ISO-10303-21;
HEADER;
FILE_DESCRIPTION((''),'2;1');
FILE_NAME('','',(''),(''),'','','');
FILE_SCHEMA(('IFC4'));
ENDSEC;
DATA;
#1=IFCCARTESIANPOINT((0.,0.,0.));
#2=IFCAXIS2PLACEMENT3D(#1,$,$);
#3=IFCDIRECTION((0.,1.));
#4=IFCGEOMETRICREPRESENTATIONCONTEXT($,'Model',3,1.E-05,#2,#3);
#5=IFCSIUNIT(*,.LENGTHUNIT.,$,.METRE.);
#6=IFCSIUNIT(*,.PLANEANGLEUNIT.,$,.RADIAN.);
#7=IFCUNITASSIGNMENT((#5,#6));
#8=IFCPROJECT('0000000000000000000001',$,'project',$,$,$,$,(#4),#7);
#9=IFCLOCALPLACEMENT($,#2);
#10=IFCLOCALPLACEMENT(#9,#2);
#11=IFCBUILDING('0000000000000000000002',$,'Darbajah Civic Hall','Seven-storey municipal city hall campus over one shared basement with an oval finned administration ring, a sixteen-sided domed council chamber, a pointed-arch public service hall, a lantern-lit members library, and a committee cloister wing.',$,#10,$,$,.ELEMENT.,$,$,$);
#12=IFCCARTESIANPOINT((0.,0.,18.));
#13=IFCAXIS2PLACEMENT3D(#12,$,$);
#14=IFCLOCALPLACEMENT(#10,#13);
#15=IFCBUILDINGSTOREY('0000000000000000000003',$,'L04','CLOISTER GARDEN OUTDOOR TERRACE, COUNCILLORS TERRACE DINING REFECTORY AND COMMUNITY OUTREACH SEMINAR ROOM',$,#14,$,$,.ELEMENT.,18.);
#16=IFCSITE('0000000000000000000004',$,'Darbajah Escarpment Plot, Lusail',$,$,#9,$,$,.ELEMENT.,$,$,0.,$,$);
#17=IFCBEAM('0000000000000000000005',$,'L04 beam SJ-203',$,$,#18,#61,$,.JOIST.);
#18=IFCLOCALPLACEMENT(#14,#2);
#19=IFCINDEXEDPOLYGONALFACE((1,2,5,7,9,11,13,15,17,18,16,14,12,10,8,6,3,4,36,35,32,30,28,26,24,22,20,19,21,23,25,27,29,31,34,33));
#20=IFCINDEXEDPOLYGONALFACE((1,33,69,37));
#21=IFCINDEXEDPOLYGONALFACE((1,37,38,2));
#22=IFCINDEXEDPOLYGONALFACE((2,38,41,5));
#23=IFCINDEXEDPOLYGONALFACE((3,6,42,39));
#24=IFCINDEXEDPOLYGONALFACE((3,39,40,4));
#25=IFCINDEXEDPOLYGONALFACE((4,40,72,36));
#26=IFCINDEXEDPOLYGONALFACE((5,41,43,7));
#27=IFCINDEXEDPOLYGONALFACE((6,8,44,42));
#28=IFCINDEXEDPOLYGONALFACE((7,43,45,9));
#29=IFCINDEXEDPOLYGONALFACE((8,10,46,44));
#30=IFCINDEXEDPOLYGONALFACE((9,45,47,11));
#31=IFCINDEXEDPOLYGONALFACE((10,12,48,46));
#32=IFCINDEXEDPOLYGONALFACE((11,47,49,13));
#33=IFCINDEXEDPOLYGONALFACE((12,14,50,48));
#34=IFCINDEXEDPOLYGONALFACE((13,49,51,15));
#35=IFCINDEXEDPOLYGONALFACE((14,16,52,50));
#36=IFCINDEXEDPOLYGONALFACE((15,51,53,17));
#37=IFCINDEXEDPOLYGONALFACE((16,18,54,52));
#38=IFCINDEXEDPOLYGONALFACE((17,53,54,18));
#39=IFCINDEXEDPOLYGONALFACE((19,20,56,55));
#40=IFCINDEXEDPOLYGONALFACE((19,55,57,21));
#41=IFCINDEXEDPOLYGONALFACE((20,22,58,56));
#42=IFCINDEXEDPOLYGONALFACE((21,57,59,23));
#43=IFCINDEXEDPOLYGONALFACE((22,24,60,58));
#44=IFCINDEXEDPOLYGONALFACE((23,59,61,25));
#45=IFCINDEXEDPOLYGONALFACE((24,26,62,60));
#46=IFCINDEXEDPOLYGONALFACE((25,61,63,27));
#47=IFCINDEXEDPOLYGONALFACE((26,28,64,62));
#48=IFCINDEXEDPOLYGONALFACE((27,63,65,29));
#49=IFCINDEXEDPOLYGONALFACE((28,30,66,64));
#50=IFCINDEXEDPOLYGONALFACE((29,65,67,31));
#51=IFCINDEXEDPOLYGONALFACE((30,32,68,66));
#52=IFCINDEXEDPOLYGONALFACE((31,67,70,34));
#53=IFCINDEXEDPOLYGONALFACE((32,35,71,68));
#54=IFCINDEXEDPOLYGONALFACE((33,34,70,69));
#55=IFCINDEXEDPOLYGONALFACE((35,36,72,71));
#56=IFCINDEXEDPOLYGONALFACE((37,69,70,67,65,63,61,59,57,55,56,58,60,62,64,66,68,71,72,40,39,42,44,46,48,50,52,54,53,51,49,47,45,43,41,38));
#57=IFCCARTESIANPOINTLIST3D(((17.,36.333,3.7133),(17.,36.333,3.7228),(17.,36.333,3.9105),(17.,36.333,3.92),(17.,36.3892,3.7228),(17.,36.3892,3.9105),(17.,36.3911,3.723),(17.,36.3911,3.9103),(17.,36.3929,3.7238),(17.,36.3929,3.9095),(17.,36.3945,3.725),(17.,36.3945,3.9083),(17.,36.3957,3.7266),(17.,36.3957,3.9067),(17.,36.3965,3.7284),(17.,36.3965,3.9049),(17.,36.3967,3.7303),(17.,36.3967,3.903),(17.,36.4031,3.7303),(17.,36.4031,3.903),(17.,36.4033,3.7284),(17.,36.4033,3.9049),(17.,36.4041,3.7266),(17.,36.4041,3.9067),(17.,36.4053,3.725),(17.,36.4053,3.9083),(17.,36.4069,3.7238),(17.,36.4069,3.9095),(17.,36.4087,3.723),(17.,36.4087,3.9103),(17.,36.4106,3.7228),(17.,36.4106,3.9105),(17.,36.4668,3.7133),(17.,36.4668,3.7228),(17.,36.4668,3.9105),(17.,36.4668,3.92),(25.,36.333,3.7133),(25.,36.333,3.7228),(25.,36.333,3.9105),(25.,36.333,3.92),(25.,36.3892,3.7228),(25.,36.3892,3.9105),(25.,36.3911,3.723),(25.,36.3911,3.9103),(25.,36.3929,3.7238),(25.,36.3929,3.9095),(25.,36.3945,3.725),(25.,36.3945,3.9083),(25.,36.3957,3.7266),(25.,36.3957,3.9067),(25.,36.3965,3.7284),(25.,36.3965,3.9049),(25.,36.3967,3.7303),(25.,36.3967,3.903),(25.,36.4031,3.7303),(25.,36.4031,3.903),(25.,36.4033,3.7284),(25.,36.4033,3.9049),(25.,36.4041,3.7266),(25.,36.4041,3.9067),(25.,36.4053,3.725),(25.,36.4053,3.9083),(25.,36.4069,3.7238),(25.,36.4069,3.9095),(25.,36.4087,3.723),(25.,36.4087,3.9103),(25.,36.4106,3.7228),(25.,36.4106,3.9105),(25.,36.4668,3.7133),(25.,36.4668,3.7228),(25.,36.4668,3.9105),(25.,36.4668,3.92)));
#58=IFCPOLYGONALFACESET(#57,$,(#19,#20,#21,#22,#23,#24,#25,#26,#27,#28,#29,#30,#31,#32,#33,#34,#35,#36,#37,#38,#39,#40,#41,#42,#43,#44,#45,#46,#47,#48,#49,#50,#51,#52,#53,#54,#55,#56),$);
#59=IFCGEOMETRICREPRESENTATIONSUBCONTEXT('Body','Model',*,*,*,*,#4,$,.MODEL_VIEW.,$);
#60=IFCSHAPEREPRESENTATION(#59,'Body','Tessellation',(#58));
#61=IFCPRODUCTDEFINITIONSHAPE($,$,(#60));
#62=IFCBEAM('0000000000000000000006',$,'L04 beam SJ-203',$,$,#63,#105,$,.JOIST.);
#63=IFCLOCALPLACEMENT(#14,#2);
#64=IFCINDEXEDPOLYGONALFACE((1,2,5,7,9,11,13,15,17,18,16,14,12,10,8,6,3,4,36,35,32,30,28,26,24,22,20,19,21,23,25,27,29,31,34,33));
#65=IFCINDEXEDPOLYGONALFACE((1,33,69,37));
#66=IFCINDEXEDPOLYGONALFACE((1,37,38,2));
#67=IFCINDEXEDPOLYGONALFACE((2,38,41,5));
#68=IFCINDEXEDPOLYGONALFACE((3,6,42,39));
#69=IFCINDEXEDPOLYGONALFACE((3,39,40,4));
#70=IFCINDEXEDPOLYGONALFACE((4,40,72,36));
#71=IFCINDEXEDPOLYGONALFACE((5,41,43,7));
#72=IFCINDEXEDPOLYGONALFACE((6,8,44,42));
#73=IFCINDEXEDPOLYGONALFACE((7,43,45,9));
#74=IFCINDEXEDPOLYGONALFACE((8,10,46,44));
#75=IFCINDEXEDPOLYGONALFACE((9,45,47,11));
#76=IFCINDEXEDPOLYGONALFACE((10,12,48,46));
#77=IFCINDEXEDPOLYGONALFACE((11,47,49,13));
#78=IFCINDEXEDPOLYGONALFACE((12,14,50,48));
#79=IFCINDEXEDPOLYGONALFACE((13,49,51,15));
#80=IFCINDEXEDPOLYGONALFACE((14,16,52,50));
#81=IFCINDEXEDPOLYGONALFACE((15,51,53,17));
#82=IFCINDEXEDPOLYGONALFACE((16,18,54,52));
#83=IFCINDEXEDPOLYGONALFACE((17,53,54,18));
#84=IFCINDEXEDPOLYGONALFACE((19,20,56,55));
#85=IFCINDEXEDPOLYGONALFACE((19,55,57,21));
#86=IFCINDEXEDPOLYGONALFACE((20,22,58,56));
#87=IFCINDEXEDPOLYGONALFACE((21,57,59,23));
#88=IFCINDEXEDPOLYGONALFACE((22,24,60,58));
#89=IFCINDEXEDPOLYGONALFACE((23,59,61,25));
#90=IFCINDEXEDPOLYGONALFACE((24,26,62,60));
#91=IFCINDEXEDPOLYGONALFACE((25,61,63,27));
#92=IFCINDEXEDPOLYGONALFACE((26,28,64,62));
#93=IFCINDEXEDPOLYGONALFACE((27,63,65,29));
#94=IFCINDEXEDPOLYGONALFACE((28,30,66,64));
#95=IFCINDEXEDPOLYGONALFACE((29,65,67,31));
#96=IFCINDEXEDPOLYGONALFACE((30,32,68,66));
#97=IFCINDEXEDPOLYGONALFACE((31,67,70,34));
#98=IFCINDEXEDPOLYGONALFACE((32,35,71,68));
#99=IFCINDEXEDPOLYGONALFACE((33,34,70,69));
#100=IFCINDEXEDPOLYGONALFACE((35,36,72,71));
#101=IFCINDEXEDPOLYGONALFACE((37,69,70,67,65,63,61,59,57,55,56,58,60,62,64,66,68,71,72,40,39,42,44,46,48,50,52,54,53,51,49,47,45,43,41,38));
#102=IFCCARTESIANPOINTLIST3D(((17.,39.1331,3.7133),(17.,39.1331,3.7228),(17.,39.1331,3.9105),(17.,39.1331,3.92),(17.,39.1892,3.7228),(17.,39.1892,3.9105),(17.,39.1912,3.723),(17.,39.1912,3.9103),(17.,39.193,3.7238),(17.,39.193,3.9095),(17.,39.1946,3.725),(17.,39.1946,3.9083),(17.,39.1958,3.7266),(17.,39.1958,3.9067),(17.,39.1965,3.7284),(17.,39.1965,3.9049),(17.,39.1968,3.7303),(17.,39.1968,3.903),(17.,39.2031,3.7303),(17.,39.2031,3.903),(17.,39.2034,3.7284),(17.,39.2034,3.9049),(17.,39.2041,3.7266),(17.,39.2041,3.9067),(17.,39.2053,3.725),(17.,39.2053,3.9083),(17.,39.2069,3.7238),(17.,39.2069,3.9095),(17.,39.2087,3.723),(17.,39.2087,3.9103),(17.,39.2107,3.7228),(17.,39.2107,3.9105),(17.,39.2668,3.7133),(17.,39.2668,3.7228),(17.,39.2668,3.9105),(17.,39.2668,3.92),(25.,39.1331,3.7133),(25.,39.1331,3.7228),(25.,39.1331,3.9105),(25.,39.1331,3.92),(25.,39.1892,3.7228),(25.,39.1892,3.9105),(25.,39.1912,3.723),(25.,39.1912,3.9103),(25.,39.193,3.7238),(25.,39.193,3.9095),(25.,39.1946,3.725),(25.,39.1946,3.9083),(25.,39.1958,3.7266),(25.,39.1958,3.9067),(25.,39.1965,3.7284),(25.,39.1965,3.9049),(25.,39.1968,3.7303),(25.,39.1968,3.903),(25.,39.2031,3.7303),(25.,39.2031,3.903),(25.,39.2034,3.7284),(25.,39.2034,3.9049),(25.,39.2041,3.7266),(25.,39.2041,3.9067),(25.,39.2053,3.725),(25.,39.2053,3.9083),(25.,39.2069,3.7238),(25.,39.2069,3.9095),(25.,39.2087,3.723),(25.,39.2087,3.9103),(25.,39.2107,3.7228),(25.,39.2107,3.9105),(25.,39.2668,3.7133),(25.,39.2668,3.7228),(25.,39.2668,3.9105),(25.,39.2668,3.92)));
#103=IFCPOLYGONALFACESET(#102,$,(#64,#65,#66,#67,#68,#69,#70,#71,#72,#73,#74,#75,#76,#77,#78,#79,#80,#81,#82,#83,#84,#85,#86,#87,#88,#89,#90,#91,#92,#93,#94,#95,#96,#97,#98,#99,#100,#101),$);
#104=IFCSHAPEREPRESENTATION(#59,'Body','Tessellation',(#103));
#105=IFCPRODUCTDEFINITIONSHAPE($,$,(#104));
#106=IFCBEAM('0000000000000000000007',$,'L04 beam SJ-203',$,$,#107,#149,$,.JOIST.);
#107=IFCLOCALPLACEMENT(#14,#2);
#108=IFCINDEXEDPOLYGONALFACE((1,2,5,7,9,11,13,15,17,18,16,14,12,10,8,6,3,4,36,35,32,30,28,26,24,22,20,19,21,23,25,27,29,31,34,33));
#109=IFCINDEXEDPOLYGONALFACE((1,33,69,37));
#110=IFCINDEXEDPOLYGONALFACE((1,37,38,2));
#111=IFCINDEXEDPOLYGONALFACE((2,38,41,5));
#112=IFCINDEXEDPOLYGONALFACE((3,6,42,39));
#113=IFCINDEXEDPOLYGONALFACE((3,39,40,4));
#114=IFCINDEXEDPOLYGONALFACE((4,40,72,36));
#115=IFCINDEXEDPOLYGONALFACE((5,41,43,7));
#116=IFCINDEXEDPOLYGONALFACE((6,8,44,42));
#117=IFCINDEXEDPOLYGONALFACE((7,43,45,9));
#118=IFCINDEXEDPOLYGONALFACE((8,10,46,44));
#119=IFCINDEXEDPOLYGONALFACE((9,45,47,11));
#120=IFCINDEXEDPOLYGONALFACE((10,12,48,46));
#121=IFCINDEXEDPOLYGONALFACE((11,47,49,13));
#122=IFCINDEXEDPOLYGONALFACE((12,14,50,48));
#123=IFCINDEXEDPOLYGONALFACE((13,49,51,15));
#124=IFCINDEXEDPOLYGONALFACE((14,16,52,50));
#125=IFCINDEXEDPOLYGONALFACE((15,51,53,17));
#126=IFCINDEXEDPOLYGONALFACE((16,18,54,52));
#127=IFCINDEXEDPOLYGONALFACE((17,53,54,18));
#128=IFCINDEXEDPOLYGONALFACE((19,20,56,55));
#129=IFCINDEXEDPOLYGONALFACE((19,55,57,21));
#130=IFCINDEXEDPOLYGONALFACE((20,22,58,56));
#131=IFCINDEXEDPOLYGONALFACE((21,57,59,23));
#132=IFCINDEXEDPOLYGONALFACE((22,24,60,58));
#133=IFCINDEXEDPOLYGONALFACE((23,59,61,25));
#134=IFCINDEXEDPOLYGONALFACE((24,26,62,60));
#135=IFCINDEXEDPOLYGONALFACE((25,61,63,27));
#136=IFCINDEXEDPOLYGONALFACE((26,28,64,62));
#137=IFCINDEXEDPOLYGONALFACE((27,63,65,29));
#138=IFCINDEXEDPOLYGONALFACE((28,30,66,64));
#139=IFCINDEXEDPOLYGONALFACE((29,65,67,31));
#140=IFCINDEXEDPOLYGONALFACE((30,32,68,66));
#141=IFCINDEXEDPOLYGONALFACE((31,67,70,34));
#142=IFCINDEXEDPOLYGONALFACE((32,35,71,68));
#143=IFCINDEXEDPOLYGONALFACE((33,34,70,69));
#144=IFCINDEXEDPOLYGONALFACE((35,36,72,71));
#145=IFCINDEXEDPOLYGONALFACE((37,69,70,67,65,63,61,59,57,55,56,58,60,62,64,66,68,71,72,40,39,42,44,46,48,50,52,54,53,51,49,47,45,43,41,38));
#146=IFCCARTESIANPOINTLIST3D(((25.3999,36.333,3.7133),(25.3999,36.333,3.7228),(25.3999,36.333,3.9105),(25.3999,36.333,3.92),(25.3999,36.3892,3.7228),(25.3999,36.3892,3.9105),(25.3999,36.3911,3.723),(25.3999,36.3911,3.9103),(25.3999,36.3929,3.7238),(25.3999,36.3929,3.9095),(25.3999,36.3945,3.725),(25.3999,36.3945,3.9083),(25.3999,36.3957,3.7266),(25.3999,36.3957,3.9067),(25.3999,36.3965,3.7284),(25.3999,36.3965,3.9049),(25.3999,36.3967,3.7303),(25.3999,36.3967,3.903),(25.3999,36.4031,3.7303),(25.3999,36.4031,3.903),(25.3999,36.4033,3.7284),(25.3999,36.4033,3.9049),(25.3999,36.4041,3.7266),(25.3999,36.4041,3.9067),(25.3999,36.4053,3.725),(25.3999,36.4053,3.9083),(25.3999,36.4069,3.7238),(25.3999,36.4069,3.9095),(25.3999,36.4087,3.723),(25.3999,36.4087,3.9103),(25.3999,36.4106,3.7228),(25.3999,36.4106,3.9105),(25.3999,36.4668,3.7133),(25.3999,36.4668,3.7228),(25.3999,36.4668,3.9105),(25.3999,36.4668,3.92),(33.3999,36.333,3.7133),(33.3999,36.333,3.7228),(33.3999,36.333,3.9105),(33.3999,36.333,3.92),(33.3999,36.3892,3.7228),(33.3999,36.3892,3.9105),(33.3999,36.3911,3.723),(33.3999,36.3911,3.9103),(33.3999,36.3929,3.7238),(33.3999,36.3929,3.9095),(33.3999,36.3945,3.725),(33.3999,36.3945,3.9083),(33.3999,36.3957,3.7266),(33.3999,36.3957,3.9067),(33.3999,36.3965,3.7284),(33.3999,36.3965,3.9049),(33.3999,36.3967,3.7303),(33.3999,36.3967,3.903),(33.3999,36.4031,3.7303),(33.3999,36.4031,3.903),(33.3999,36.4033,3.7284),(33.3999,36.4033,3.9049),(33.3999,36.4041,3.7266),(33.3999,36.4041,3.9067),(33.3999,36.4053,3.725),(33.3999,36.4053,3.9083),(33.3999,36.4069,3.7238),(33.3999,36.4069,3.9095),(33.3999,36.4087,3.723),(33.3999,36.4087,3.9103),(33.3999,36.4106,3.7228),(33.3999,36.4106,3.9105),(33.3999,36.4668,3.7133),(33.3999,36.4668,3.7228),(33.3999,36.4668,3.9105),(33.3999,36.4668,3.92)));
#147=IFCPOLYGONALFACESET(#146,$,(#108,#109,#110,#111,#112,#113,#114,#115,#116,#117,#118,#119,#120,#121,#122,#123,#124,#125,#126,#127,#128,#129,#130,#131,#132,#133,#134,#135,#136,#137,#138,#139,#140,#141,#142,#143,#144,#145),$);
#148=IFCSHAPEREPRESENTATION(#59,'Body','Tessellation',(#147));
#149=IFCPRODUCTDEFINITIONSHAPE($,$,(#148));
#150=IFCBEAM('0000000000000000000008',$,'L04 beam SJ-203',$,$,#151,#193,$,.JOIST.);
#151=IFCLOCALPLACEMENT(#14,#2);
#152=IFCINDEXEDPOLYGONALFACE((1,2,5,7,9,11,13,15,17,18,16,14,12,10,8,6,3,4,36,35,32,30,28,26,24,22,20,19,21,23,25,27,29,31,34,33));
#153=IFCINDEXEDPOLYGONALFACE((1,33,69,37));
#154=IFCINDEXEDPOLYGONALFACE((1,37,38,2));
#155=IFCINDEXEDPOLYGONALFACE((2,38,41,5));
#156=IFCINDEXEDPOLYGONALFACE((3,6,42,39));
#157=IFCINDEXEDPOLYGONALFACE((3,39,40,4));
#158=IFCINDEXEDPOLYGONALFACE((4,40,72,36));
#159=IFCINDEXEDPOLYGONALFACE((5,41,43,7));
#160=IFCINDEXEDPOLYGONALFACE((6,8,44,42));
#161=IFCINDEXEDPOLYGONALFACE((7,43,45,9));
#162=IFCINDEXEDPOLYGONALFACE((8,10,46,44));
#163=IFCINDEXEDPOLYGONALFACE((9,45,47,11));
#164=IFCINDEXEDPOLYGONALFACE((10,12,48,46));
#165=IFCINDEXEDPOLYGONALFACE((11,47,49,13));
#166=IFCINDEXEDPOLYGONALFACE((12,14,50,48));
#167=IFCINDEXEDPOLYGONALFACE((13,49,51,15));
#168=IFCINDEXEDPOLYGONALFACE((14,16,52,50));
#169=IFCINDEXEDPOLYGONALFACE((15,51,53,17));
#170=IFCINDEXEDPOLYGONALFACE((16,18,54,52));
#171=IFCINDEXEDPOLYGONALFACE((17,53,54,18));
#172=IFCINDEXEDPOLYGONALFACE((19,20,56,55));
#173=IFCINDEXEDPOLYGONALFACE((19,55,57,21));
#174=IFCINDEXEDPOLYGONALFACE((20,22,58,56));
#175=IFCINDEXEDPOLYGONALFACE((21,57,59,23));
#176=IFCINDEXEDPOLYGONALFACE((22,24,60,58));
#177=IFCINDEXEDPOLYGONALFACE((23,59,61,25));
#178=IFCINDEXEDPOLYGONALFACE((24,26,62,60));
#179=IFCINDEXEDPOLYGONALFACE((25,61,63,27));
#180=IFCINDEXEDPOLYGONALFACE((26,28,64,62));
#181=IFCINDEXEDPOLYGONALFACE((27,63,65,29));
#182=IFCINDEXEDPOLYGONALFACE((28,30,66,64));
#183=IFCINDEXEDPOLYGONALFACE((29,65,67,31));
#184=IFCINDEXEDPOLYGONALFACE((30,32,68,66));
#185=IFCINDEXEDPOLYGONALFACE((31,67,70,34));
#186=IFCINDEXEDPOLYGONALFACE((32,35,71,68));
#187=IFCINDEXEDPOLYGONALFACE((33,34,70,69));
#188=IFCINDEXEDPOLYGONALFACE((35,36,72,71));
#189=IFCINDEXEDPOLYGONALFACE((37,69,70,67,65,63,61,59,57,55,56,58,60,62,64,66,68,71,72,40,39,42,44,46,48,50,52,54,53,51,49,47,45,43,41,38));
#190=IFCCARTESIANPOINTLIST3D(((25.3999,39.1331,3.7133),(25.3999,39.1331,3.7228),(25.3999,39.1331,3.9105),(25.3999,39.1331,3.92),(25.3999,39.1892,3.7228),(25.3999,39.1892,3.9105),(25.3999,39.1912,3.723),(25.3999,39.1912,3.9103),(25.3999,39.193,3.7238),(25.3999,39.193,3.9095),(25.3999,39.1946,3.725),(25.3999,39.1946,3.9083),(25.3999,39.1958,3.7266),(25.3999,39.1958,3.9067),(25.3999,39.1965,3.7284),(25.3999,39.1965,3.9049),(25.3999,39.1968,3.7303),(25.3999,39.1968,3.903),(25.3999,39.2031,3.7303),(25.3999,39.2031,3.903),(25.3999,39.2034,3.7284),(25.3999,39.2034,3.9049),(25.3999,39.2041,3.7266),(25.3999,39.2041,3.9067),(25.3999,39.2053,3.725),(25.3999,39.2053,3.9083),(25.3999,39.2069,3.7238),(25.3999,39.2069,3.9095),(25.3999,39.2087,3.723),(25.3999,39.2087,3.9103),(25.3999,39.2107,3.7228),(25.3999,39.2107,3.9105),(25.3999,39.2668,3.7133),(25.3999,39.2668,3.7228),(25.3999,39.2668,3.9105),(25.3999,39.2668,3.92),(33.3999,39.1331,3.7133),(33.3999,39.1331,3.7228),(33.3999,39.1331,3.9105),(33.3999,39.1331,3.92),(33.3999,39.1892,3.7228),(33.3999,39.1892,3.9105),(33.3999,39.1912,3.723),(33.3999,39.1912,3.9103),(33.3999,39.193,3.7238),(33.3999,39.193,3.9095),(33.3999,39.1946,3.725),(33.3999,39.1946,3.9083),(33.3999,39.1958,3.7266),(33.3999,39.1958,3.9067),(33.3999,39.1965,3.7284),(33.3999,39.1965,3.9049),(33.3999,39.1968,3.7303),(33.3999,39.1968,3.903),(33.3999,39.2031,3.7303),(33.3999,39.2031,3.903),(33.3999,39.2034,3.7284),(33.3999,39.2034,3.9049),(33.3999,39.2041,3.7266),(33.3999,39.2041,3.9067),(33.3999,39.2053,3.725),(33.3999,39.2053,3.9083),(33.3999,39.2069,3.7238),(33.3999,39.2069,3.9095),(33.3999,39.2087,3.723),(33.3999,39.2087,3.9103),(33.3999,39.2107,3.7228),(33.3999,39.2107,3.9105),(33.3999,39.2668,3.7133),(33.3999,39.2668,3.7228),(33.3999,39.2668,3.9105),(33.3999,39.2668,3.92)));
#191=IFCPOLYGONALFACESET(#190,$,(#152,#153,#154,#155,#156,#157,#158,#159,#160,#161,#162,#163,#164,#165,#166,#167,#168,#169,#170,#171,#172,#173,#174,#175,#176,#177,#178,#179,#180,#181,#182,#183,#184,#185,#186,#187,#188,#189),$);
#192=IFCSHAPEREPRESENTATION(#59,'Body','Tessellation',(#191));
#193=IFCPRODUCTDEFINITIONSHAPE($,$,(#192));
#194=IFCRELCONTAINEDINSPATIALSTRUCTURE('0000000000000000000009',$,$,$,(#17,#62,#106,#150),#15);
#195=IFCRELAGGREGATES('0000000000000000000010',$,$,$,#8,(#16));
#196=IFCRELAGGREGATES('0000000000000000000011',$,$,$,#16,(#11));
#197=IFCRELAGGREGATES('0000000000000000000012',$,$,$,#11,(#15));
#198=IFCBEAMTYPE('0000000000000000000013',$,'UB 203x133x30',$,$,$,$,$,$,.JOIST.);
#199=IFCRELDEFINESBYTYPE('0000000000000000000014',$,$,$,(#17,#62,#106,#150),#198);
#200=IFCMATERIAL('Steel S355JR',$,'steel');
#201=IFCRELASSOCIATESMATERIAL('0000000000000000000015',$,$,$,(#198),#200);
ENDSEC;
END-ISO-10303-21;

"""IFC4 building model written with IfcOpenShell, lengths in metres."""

from ifc_helpers import new_model, si_unit, direction, frame, origin, origin_2d, place, context, subcontext, project, spatial, i_section, extrude, material, material_profile, profile_set, type_object, element, save


model = new_model("IFC4")

# Units and contexts
model_context = context("Model", 3, precision=1e-05, world=origin(), true_north=direction((0.0, 1.0)))
body_context = subcontext(model_context, "Body", "Model", "MODEL_VIEW")
ifc_project = project(units=[si_unit("LENGTHUNIT", "METRE"), si_unit("PLANEANGLEUNIT", "RADIAN")], contexts=[model_context])

# Site, building, storey
site_placement = place(None, origin())
site = spatial("IfcSite", under=ifc_project, at=site_placement, Name="Darbajah Escarpment Plot, Lusail", CompositionType="ELEMENT", RefElevation=0.0)
building_placement = place(site_placement, origin())
building = spatial("IfcBuilding", under=site, at=building_placement, Name="Darbajah Civic Hall", Description="Seven-storey municipal city hall campus over one shared basement with an oval finned administration ring, a sixteen-sided domed council chamber, a pointed-arch public service hall, a lantern-lit members library, and a committee cloister wing.", CompositionType="ELEMENT")
storey_placement = place(building_placement, frame((0.0, 0.0, 18.0)))
storey = spatial("IfcBuildingStorey", under=building, at=storey_placement, Name="L04", Description="CLOISTER GARDEN OUTDOOR TERRACE, COUNCILLORS TERRACE DINING REFECTORY AND COMMUNITY OUTREACH SEMINAR ROOM", CompositionType="ELEMENT", Elevation=18.0)

# Shared definitions
ifc_material_1 = material(Name="Steel S355JR", Category="steel")

# Beams
ifc_material_profile_1 = material_profile(ifc_material_1, i_section(OverallWidth=0.1338, OverallDepth=0.2068, WebThickness=0.0063, FlangeThickness=0.0095, FilletRadius=0.0076, at=origin_2d()), Name="UB 203x133x30")
ifc_profile_set_1 = profile_set([ifc_material_profile_1], Name="Steel S355JR")
beam_type_1 = type_object("IfcBeamType", Name="UB 203x133x30", PredefinedType="JOIST", material=ifc_profile_set_1)
for number, where, z_axis, x_axis, name in (
    (1, (17.0, 36.3999, 3.8167), (1.0, 0.0, 0.0), (0.0, 1.0, 0.0), "L04 beam SJ-203"),
    (2, (17.0, 39.2, 3.8167), (1.0, 0.0, 0.0), (0.0, 1.0, 0.0), "L04 beam SJ-203"),
    (3, (25.3999, 36.3999, 3.8167), (1.0, 0.0, 0.0), (0.0, 1.0, 0.0), "L04 beam SJ-203"),
    (4, (25.3999, 39.2, 3.8167), (1.0, 0.0, 0.0), (0.0, 1.0, 0.0), "L04 beam SJ-203"),
):
    element("IfcBeam", number, at=place(storey_placement, frame(where, z_axis=z_axis, x_axis=x_axis)), inside=storey, type_object=beam_type_1, Name=name, PredefinedType="JOIST", context=body_context, shape_type="SweptSolid", body=[
        extrude(i_section(OverallWidth=0.1338, OverallDepth=0.2068, WebThickness=0.0063, FlangeThickness=0.0095, FilletRadius=0.0076, at=origin_2d()), origin(), (0.0, 0.0, 1.0), 8.0),
    ])

save(model, "model.ifc")
